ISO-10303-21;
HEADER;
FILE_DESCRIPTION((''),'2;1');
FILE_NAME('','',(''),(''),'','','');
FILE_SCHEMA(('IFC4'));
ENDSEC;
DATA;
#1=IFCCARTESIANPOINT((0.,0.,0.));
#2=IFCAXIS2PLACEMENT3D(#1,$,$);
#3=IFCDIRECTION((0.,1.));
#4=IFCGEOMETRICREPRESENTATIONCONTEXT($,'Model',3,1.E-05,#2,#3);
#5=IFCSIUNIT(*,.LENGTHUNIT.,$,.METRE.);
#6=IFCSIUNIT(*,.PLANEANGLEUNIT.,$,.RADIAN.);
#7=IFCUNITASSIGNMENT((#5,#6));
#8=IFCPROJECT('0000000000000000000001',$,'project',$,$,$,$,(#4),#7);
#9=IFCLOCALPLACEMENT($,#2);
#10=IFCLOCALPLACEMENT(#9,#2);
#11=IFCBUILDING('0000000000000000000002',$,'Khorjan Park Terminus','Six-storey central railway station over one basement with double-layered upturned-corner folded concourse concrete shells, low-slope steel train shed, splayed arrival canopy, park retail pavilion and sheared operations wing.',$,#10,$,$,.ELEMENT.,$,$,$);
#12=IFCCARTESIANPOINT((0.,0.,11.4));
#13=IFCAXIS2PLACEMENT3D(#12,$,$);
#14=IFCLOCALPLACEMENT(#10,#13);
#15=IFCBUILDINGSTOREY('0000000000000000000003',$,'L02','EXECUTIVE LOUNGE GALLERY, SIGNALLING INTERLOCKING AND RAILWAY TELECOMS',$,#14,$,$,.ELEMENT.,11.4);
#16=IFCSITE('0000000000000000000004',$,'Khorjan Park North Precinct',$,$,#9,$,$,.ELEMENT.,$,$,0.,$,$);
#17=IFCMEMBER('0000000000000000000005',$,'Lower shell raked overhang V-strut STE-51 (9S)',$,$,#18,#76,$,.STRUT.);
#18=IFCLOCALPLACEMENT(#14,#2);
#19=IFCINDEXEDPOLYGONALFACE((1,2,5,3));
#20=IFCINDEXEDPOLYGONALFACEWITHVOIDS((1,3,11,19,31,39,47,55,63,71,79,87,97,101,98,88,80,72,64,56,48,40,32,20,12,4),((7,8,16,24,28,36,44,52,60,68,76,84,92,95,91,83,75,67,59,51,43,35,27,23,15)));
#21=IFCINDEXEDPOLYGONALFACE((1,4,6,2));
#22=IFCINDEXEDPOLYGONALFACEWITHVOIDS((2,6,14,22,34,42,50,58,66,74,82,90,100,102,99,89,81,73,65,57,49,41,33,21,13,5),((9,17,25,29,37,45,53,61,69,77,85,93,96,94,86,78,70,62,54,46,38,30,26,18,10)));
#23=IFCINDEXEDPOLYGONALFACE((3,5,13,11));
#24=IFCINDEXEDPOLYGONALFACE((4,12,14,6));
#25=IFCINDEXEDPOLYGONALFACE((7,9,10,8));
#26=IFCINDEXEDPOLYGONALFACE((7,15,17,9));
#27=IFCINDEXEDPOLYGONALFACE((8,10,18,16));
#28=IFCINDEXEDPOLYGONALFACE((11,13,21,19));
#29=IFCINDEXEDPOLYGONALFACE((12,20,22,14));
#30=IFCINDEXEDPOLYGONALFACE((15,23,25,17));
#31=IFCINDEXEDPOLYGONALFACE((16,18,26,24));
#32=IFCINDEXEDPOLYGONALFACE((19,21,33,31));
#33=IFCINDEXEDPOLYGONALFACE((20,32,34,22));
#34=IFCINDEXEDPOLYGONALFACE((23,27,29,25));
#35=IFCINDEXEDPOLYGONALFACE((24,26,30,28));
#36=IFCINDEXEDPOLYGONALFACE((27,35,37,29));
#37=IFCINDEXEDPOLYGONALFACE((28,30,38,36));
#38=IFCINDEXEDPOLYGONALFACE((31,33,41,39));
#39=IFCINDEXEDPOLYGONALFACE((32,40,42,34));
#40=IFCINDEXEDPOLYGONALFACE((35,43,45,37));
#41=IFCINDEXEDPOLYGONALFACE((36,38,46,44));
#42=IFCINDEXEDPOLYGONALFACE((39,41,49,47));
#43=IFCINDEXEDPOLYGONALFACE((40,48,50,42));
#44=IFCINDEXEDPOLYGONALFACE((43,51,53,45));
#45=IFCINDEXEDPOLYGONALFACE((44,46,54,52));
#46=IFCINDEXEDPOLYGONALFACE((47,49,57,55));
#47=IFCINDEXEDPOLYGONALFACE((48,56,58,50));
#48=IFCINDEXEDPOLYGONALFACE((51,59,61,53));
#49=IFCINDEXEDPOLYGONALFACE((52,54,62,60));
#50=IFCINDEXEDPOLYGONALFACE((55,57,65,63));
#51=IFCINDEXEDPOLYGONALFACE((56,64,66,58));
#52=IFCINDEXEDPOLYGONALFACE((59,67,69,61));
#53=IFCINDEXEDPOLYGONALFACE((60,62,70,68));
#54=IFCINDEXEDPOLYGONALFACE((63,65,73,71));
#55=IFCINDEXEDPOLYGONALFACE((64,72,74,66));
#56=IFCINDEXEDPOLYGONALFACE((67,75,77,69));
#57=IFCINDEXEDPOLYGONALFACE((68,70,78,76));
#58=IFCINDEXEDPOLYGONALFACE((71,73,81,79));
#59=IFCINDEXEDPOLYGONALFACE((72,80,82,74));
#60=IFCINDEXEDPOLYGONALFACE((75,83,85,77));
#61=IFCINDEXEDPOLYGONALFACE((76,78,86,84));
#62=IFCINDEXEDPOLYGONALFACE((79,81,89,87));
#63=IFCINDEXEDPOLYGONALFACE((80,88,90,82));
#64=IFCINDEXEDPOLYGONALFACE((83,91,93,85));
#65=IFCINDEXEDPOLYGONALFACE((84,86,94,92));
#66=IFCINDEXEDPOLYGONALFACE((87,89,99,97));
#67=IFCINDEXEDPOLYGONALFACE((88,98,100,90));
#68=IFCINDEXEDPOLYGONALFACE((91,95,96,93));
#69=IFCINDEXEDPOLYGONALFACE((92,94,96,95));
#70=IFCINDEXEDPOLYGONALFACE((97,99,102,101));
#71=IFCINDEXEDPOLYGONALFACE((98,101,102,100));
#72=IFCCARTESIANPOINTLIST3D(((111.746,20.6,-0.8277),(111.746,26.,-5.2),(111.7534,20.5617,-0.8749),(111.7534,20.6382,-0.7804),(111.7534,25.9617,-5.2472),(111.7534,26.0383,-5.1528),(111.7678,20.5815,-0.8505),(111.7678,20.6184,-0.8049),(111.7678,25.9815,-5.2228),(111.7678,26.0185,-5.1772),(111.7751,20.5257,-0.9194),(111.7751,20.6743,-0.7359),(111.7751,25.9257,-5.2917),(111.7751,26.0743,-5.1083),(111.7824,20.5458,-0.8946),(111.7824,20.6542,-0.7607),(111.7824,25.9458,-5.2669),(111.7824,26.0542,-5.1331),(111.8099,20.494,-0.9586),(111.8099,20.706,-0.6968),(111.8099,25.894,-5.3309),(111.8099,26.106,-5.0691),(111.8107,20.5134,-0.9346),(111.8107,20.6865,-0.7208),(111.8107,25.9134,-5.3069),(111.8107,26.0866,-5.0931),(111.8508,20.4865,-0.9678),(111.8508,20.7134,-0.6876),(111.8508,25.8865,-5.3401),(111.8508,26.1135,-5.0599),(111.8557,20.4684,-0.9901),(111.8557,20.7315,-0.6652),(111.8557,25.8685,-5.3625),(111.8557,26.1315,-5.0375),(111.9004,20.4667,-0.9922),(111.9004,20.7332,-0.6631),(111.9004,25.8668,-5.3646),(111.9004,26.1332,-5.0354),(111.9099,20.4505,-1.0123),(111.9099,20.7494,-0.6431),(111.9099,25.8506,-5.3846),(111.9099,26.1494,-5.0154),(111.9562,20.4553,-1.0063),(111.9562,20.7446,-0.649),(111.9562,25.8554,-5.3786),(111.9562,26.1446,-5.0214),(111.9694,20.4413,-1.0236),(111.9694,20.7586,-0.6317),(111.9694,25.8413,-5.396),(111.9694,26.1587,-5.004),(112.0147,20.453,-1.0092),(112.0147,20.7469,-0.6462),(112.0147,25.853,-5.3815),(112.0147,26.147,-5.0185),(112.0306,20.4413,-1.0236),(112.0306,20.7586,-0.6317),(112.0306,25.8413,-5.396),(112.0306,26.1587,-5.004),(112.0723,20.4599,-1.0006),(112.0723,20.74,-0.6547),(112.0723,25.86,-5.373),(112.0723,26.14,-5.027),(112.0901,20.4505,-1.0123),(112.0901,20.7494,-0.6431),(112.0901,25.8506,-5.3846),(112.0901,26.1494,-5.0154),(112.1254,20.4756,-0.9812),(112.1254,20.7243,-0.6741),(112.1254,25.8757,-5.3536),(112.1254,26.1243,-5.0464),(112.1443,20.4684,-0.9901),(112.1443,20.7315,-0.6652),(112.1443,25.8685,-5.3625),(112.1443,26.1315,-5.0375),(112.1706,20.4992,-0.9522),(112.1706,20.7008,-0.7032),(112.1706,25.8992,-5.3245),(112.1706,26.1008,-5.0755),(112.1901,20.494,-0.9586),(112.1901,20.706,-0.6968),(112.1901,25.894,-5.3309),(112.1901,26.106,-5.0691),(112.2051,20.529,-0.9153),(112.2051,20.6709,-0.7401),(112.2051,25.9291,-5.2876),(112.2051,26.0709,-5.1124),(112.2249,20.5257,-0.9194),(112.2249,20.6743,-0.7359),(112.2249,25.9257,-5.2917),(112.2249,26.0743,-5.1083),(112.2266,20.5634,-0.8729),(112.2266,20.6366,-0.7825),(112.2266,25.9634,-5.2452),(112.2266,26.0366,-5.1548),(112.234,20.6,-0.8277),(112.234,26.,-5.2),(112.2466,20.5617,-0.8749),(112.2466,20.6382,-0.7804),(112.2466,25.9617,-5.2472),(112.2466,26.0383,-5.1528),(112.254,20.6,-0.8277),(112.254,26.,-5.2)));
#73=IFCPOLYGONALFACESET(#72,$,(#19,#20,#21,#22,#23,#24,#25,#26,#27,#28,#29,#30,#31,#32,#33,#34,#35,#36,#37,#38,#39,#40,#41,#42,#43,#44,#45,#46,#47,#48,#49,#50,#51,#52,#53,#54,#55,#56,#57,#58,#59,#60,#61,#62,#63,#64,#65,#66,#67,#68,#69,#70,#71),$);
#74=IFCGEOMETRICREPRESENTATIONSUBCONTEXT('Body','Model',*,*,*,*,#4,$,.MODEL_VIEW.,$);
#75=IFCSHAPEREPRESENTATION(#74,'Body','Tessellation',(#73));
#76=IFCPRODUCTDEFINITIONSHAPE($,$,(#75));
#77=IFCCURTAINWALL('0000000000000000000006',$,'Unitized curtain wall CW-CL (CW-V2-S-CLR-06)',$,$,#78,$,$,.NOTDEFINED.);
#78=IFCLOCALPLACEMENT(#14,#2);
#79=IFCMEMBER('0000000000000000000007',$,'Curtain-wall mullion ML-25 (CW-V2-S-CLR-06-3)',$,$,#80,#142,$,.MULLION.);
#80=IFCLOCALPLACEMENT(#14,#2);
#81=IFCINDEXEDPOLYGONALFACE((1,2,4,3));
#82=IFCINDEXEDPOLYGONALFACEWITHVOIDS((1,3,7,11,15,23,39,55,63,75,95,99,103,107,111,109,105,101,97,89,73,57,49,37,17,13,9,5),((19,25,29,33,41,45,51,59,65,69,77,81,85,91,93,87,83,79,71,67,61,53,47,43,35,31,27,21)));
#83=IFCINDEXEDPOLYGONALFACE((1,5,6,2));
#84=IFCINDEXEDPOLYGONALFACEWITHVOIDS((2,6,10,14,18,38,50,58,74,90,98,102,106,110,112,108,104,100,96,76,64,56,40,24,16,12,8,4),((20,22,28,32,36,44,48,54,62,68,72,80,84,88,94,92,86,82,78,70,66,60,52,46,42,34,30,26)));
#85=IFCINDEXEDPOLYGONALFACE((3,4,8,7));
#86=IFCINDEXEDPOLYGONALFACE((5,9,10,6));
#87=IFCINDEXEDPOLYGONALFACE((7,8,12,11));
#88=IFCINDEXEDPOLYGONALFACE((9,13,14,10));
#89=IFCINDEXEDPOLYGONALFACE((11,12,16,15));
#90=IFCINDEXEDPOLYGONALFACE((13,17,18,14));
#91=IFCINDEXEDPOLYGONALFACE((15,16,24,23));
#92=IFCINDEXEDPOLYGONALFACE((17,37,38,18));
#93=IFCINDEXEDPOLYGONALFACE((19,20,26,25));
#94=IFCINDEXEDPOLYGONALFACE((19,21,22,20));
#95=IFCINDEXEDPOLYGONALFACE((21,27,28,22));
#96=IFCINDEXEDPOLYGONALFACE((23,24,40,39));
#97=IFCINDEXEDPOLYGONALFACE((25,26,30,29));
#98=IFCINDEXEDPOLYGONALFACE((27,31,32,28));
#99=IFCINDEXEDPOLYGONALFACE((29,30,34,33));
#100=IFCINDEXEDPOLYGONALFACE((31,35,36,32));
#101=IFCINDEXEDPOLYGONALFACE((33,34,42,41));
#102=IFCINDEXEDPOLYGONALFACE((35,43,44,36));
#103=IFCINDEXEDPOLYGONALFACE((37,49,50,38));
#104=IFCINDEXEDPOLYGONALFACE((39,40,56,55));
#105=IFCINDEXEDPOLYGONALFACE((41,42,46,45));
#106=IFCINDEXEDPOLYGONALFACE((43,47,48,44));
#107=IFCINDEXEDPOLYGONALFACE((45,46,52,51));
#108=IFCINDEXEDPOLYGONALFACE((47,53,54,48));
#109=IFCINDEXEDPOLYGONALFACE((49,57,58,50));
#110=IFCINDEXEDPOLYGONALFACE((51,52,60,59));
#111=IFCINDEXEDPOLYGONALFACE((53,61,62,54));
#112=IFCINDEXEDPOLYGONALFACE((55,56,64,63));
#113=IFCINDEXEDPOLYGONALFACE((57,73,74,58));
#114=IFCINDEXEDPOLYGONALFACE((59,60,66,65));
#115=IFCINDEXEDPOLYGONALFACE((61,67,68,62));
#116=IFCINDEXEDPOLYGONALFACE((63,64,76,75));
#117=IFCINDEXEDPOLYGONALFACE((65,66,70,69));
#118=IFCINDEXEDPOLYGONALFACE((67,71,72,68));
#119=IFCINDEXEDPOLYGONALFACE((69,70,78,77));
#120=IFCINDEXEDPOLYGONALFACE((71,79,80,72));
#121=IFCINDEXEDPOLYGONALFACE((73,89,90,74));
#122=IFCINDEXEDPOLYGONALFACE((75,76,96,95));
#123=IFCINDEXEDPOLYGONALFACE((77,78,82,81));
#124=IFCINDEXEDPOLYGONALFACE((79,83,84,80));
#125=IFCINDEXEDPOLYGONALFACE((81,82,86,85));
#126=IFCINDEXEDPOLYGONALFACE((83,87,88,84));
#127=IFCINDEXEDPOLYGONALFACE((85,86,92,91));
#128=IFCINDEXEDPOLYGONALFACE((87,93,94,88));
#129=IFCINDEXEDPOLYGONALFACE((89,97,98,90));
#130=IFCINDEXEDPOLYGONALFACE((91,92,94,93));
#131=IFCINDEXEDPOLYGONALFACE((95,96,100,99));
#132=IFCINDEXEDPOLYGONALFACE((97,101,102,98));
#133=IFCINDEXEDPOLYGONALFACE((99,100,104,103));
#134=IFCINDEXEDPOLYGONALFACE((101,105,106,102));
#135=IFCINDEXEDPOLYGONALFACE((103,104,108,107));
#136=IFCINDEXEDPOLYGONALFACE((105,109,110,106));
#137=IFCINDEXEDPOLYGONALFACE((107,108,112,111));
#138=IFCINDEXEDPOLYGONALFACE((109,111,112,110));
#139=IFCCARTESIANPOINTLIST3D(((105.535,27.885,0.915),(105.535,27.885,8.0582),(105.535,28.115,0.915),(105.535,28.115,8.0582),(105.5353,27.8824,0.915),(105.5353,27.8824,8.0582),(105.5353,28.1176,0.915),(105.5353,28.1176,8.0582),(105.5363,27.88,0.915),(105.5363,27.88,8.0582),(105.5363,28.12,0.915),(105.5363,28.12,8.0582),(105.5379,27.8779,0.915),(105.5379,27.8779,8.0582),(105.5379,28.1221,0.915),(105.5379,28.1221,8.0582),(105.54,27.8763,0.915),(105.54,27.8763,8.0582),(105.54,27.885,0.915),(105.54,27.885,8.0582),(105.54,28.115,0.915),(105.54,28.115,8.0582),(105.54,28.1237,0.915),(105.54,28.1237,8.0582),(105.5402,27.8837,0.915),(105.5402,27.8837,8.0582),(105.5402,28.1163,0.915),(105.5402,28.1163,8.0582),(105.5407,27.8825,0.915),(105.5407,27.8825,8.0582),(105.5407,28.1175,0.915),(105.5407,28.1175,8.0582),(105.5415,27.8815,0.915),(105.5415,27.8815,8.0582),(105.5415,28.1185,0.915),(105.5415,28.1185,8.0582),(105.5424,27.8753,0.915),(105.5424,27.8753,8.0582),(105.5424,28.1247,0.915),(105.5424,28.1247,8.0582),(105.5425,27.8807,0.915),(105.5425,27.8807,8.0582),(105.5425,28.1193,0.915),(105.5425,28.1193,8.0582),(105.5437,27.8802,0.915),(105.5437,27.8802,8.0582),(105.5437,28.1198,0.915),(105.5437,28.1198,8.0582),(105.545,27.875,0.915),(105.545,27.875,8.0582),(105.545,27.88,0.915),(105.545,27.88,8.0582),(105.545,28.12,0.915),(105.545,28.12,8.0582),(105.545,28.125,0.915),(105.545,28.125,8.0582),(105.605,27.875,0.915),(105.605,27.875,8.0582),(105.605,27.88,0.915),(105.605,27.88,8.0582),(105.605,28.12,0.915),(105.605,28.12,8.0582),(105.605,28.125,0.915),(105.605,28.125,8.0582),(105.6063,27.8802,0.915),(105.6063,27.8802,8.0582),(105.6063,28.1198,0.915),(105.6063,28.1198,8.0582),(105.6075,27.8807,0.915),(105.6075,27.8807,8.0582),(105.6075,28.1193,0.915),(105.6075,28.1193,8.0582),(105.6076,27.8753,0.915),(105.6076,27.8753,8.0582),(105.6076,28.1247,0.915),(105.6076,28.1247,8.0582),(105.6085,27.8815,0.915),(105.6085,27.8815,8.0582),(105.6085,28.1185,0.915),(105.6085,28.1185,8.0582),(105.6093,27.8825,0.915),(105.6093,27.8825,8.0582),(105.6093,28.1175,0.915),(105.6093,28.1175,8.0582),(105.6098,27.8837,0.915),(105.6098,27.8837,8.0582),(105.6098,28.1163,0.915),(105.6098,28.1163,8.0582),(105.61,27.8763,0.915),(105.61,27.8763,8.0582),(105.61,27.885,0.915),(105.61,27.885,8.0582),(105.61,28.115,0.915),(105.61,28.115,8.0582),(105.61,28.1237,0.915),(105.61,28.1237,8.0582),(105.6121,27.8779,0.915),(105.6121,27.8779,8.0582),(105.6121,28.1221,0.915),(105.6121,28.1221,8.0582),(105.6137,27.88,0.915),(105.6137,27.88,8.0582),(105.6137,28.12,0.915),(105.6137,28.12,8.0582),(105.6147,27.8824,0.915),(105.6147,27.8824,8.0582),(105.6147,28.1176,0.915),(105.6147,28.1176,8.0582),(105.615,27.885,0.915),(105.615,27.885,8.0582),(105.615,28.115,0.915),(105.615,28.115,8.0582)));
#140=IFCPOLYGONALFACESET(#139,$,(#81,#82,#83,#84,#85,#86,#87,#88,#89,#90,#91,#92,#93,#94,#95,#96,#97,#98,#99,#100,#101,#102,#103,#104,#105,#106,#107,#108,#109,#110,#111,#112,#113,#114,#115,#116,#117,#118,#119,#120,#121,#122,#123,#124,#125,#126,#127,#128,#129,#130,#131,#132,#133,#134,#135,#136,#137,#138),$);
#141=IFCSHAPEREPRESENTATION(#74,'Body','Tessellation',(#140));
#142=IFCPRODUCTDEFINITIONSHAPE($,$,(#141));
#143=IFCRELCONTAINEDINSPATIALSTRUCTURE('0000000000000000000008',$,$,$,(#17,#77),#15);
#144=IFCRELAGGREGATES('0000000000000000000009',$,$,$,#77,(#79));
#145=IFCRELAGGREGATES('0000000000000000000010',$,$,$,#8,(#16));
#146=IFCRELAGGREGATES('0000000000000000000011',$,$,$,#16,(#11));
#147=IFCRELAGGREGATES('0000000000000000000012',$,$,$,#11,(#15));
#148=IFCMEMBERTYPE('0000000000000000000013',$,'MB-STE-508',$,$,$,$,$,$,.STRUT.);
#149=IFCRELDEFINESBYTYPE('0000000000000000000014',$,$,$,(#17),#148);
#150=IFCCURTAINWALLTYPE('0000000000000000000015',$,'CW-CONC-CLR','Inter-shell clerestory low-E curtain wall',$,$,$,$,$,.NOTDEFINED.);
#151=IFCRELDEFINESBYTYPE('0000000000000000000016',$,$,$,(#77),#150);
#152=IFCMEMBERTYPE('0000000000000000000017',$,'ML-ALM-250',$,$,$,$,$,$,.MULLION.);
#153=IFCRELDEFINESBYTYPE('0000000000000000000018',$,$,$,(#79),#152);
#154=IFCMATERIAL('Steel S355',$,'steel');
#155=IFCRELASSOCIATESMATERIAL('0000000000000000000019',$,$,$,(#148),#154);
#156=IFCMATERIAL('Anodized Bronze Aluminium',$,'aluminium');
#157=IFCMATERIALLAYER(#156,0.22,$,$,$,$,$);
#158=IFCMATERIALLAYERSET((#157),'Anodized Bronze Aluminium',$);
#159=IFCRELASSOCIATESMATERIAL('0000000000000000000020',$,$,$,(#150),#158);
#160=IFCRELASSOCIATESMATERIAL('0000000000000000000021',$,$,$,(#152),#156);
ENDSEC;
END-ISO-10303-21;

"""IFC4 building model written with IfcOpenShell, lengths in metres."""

from ifc_helpers import new_model, si_unit, direction, frame, origin, origin_2d, place, context, subcontext, project, spatial, hollow_rectangle, hollow_circle, extrude, material, layer, layer_set, material_profile, profile_set, type_object, element, aggregate, save


model = new_model("IFC4")

# Units and contexts
model_context = context("Model", 3, precision=1e-05, world=origin(), true_north=direction((0.0, 1.0)))
body_context = subcontext(model_context, "Body", "Model", "MODEL_VIEW")
ifc_project = project(units=[si_unit("LENGTHUNIT", "METRE"), si_unit("PLANEANGLEUNIT", "RADIAN")], contexts=[model_context])

# Site, building, storey
site_placement = place(None, origin())
site = spatial("IfcSite", under=ifc_project, at=site_placement, Name="Khorjan Park North Precinct", CompositionType="ELEMENT", RefElevation=0.0)
building_placement = place(site_placement, origin())
building = spatial("IfcBuilding", under=site, at=building_placement, Name="Khorjan Park Terminus", Description="Six-storey central railway station over one basement with double-layered upturned-corner folded concourse concrete shells, low-slope steel train shed, splayed arrival canopy, park retail pavilion and sheared operations wing.", CompositionType="ELEMENT")
storey_placement = place(building_placement, frame((0.0, 0.0, 11.4)))
storey = spatial("IfcBuildingStorey", under=building, at=storey_placement, Name="L02", Description="EXECUTIVE LOUNGE GALLERY, SIGNALLING INTERLOCKING AND RAILWAY TELECOMS", CompositionType="ELEMENT", Elevation=11.4)

# Member
ifc_material_1 = material(Name="Steel S355", Category="steel")
ifc_material_profile_1 = material_profile(ifc_material_1, hollow_circle(Radius=0.254, WallThickness=0.02, at=origin_2d()), Name="CHS 508x20")
ifc_profile_set_1 = profile_set([ifc_material_profile_1], Name="Steel S355")
member_type_1 = type_object("IfcMemberType", Name="MB-STE-508", PredefinedType="STRUT", material=ifc_profile_set_1)
member_1_placement = place(storey_placement, frame((112.0, 26.0, -5.2), z_axis=(0.0, -0.777184, 0.629274), x_axis=(1.0, 0.0, 0.0)))
element("IfcMember", 1, at=member_1_placement, inside=storey, type_object=member_type_1, Name="Lower shell raked overhang V-strut STE-51 (9S)", PredefinedType="STRUT", context=body_context, shape_type="SweptSolid", body=[
    extrude(hollow_circle(Radius=0.254, WallThickness=0.02, at=origin_2d()), origin(), (0.0, 0.0, 1.0), 6.9482),
])

# Curtain wall, member
ifc_material_2 = material(Name="Anodized Bronze Aluminium", Category="aluminium")
ifc_layer_1 = layer(ifc_material_2, 0.22)
ifc_layer_set_1 = layer_set([ifc_layer_1], Name="Anodized Bronze Aluminium")
curtain_wall_type = type_object("IfcCurtainWallType", Name="CW-CONC-CLR", Description="Inter-shell clerestory low-E curtain wall", PredefinedType="NOTDEFINED", material=ifc_layer_set_1)
curtain_wall_1_placement = place(storey_placement, origin())
curtain_wall_1 = element("IfcCurtainWall", 2, at=curtain_wall_1_placement, inside=storey, type_object=curtain_wall_type, Name="Unitized curtain wall CW-CL (CW-V2-S-CLR-06)", PredefinedType="NOTDEFINED")
ifc_material_profile_2 = material_profile(ifc_material_2, hollow_rectangle(XDim=0.08, YDim=0.25, WallThickness=0.005, InnerFilletRadius=0.005, OuterFilletRadius=0.01, at=origin_2d()), Name="ALM 80x250x5")
ifc_profile_set_2 = profile_set([ifc_material_profile_2], Name="Anodized Bronze Aluminium")
member_type_2 = type_object("IfcMemberType", Name="ML-ALM-250", PredefinedType="MULLION", material=ifc_profile_set_2)
member_2_placement = place(storey_placement, frame((105.575, 28.0, 0.915), z_axis=(0.0, 0.0, 1.0), x_axis=(1.0, 0.0, 0.0)))
member_2 = element("IfcMember", 3, at=member_2_placement, type_object=member_type_2, Name="Curtain-wall mullion ML-25 (CW-V2-S-CLR-06-3)", PredefinedType="MULLION", context=body_context, shape_type="SweptSolid", body=[
    extrude(hollow_rectangle(XDim=0.08, YDim=0.25, WallThickness=0.005, InnerFilletRadius=0.005, OuterFilletRadius=0.01, at=origin_2d()), origin(), (0.0, 0.0, 1.0), 7.1432),
])

aggregate(curtain_wall_1, [member_2])

save(model, "model.ifc")
